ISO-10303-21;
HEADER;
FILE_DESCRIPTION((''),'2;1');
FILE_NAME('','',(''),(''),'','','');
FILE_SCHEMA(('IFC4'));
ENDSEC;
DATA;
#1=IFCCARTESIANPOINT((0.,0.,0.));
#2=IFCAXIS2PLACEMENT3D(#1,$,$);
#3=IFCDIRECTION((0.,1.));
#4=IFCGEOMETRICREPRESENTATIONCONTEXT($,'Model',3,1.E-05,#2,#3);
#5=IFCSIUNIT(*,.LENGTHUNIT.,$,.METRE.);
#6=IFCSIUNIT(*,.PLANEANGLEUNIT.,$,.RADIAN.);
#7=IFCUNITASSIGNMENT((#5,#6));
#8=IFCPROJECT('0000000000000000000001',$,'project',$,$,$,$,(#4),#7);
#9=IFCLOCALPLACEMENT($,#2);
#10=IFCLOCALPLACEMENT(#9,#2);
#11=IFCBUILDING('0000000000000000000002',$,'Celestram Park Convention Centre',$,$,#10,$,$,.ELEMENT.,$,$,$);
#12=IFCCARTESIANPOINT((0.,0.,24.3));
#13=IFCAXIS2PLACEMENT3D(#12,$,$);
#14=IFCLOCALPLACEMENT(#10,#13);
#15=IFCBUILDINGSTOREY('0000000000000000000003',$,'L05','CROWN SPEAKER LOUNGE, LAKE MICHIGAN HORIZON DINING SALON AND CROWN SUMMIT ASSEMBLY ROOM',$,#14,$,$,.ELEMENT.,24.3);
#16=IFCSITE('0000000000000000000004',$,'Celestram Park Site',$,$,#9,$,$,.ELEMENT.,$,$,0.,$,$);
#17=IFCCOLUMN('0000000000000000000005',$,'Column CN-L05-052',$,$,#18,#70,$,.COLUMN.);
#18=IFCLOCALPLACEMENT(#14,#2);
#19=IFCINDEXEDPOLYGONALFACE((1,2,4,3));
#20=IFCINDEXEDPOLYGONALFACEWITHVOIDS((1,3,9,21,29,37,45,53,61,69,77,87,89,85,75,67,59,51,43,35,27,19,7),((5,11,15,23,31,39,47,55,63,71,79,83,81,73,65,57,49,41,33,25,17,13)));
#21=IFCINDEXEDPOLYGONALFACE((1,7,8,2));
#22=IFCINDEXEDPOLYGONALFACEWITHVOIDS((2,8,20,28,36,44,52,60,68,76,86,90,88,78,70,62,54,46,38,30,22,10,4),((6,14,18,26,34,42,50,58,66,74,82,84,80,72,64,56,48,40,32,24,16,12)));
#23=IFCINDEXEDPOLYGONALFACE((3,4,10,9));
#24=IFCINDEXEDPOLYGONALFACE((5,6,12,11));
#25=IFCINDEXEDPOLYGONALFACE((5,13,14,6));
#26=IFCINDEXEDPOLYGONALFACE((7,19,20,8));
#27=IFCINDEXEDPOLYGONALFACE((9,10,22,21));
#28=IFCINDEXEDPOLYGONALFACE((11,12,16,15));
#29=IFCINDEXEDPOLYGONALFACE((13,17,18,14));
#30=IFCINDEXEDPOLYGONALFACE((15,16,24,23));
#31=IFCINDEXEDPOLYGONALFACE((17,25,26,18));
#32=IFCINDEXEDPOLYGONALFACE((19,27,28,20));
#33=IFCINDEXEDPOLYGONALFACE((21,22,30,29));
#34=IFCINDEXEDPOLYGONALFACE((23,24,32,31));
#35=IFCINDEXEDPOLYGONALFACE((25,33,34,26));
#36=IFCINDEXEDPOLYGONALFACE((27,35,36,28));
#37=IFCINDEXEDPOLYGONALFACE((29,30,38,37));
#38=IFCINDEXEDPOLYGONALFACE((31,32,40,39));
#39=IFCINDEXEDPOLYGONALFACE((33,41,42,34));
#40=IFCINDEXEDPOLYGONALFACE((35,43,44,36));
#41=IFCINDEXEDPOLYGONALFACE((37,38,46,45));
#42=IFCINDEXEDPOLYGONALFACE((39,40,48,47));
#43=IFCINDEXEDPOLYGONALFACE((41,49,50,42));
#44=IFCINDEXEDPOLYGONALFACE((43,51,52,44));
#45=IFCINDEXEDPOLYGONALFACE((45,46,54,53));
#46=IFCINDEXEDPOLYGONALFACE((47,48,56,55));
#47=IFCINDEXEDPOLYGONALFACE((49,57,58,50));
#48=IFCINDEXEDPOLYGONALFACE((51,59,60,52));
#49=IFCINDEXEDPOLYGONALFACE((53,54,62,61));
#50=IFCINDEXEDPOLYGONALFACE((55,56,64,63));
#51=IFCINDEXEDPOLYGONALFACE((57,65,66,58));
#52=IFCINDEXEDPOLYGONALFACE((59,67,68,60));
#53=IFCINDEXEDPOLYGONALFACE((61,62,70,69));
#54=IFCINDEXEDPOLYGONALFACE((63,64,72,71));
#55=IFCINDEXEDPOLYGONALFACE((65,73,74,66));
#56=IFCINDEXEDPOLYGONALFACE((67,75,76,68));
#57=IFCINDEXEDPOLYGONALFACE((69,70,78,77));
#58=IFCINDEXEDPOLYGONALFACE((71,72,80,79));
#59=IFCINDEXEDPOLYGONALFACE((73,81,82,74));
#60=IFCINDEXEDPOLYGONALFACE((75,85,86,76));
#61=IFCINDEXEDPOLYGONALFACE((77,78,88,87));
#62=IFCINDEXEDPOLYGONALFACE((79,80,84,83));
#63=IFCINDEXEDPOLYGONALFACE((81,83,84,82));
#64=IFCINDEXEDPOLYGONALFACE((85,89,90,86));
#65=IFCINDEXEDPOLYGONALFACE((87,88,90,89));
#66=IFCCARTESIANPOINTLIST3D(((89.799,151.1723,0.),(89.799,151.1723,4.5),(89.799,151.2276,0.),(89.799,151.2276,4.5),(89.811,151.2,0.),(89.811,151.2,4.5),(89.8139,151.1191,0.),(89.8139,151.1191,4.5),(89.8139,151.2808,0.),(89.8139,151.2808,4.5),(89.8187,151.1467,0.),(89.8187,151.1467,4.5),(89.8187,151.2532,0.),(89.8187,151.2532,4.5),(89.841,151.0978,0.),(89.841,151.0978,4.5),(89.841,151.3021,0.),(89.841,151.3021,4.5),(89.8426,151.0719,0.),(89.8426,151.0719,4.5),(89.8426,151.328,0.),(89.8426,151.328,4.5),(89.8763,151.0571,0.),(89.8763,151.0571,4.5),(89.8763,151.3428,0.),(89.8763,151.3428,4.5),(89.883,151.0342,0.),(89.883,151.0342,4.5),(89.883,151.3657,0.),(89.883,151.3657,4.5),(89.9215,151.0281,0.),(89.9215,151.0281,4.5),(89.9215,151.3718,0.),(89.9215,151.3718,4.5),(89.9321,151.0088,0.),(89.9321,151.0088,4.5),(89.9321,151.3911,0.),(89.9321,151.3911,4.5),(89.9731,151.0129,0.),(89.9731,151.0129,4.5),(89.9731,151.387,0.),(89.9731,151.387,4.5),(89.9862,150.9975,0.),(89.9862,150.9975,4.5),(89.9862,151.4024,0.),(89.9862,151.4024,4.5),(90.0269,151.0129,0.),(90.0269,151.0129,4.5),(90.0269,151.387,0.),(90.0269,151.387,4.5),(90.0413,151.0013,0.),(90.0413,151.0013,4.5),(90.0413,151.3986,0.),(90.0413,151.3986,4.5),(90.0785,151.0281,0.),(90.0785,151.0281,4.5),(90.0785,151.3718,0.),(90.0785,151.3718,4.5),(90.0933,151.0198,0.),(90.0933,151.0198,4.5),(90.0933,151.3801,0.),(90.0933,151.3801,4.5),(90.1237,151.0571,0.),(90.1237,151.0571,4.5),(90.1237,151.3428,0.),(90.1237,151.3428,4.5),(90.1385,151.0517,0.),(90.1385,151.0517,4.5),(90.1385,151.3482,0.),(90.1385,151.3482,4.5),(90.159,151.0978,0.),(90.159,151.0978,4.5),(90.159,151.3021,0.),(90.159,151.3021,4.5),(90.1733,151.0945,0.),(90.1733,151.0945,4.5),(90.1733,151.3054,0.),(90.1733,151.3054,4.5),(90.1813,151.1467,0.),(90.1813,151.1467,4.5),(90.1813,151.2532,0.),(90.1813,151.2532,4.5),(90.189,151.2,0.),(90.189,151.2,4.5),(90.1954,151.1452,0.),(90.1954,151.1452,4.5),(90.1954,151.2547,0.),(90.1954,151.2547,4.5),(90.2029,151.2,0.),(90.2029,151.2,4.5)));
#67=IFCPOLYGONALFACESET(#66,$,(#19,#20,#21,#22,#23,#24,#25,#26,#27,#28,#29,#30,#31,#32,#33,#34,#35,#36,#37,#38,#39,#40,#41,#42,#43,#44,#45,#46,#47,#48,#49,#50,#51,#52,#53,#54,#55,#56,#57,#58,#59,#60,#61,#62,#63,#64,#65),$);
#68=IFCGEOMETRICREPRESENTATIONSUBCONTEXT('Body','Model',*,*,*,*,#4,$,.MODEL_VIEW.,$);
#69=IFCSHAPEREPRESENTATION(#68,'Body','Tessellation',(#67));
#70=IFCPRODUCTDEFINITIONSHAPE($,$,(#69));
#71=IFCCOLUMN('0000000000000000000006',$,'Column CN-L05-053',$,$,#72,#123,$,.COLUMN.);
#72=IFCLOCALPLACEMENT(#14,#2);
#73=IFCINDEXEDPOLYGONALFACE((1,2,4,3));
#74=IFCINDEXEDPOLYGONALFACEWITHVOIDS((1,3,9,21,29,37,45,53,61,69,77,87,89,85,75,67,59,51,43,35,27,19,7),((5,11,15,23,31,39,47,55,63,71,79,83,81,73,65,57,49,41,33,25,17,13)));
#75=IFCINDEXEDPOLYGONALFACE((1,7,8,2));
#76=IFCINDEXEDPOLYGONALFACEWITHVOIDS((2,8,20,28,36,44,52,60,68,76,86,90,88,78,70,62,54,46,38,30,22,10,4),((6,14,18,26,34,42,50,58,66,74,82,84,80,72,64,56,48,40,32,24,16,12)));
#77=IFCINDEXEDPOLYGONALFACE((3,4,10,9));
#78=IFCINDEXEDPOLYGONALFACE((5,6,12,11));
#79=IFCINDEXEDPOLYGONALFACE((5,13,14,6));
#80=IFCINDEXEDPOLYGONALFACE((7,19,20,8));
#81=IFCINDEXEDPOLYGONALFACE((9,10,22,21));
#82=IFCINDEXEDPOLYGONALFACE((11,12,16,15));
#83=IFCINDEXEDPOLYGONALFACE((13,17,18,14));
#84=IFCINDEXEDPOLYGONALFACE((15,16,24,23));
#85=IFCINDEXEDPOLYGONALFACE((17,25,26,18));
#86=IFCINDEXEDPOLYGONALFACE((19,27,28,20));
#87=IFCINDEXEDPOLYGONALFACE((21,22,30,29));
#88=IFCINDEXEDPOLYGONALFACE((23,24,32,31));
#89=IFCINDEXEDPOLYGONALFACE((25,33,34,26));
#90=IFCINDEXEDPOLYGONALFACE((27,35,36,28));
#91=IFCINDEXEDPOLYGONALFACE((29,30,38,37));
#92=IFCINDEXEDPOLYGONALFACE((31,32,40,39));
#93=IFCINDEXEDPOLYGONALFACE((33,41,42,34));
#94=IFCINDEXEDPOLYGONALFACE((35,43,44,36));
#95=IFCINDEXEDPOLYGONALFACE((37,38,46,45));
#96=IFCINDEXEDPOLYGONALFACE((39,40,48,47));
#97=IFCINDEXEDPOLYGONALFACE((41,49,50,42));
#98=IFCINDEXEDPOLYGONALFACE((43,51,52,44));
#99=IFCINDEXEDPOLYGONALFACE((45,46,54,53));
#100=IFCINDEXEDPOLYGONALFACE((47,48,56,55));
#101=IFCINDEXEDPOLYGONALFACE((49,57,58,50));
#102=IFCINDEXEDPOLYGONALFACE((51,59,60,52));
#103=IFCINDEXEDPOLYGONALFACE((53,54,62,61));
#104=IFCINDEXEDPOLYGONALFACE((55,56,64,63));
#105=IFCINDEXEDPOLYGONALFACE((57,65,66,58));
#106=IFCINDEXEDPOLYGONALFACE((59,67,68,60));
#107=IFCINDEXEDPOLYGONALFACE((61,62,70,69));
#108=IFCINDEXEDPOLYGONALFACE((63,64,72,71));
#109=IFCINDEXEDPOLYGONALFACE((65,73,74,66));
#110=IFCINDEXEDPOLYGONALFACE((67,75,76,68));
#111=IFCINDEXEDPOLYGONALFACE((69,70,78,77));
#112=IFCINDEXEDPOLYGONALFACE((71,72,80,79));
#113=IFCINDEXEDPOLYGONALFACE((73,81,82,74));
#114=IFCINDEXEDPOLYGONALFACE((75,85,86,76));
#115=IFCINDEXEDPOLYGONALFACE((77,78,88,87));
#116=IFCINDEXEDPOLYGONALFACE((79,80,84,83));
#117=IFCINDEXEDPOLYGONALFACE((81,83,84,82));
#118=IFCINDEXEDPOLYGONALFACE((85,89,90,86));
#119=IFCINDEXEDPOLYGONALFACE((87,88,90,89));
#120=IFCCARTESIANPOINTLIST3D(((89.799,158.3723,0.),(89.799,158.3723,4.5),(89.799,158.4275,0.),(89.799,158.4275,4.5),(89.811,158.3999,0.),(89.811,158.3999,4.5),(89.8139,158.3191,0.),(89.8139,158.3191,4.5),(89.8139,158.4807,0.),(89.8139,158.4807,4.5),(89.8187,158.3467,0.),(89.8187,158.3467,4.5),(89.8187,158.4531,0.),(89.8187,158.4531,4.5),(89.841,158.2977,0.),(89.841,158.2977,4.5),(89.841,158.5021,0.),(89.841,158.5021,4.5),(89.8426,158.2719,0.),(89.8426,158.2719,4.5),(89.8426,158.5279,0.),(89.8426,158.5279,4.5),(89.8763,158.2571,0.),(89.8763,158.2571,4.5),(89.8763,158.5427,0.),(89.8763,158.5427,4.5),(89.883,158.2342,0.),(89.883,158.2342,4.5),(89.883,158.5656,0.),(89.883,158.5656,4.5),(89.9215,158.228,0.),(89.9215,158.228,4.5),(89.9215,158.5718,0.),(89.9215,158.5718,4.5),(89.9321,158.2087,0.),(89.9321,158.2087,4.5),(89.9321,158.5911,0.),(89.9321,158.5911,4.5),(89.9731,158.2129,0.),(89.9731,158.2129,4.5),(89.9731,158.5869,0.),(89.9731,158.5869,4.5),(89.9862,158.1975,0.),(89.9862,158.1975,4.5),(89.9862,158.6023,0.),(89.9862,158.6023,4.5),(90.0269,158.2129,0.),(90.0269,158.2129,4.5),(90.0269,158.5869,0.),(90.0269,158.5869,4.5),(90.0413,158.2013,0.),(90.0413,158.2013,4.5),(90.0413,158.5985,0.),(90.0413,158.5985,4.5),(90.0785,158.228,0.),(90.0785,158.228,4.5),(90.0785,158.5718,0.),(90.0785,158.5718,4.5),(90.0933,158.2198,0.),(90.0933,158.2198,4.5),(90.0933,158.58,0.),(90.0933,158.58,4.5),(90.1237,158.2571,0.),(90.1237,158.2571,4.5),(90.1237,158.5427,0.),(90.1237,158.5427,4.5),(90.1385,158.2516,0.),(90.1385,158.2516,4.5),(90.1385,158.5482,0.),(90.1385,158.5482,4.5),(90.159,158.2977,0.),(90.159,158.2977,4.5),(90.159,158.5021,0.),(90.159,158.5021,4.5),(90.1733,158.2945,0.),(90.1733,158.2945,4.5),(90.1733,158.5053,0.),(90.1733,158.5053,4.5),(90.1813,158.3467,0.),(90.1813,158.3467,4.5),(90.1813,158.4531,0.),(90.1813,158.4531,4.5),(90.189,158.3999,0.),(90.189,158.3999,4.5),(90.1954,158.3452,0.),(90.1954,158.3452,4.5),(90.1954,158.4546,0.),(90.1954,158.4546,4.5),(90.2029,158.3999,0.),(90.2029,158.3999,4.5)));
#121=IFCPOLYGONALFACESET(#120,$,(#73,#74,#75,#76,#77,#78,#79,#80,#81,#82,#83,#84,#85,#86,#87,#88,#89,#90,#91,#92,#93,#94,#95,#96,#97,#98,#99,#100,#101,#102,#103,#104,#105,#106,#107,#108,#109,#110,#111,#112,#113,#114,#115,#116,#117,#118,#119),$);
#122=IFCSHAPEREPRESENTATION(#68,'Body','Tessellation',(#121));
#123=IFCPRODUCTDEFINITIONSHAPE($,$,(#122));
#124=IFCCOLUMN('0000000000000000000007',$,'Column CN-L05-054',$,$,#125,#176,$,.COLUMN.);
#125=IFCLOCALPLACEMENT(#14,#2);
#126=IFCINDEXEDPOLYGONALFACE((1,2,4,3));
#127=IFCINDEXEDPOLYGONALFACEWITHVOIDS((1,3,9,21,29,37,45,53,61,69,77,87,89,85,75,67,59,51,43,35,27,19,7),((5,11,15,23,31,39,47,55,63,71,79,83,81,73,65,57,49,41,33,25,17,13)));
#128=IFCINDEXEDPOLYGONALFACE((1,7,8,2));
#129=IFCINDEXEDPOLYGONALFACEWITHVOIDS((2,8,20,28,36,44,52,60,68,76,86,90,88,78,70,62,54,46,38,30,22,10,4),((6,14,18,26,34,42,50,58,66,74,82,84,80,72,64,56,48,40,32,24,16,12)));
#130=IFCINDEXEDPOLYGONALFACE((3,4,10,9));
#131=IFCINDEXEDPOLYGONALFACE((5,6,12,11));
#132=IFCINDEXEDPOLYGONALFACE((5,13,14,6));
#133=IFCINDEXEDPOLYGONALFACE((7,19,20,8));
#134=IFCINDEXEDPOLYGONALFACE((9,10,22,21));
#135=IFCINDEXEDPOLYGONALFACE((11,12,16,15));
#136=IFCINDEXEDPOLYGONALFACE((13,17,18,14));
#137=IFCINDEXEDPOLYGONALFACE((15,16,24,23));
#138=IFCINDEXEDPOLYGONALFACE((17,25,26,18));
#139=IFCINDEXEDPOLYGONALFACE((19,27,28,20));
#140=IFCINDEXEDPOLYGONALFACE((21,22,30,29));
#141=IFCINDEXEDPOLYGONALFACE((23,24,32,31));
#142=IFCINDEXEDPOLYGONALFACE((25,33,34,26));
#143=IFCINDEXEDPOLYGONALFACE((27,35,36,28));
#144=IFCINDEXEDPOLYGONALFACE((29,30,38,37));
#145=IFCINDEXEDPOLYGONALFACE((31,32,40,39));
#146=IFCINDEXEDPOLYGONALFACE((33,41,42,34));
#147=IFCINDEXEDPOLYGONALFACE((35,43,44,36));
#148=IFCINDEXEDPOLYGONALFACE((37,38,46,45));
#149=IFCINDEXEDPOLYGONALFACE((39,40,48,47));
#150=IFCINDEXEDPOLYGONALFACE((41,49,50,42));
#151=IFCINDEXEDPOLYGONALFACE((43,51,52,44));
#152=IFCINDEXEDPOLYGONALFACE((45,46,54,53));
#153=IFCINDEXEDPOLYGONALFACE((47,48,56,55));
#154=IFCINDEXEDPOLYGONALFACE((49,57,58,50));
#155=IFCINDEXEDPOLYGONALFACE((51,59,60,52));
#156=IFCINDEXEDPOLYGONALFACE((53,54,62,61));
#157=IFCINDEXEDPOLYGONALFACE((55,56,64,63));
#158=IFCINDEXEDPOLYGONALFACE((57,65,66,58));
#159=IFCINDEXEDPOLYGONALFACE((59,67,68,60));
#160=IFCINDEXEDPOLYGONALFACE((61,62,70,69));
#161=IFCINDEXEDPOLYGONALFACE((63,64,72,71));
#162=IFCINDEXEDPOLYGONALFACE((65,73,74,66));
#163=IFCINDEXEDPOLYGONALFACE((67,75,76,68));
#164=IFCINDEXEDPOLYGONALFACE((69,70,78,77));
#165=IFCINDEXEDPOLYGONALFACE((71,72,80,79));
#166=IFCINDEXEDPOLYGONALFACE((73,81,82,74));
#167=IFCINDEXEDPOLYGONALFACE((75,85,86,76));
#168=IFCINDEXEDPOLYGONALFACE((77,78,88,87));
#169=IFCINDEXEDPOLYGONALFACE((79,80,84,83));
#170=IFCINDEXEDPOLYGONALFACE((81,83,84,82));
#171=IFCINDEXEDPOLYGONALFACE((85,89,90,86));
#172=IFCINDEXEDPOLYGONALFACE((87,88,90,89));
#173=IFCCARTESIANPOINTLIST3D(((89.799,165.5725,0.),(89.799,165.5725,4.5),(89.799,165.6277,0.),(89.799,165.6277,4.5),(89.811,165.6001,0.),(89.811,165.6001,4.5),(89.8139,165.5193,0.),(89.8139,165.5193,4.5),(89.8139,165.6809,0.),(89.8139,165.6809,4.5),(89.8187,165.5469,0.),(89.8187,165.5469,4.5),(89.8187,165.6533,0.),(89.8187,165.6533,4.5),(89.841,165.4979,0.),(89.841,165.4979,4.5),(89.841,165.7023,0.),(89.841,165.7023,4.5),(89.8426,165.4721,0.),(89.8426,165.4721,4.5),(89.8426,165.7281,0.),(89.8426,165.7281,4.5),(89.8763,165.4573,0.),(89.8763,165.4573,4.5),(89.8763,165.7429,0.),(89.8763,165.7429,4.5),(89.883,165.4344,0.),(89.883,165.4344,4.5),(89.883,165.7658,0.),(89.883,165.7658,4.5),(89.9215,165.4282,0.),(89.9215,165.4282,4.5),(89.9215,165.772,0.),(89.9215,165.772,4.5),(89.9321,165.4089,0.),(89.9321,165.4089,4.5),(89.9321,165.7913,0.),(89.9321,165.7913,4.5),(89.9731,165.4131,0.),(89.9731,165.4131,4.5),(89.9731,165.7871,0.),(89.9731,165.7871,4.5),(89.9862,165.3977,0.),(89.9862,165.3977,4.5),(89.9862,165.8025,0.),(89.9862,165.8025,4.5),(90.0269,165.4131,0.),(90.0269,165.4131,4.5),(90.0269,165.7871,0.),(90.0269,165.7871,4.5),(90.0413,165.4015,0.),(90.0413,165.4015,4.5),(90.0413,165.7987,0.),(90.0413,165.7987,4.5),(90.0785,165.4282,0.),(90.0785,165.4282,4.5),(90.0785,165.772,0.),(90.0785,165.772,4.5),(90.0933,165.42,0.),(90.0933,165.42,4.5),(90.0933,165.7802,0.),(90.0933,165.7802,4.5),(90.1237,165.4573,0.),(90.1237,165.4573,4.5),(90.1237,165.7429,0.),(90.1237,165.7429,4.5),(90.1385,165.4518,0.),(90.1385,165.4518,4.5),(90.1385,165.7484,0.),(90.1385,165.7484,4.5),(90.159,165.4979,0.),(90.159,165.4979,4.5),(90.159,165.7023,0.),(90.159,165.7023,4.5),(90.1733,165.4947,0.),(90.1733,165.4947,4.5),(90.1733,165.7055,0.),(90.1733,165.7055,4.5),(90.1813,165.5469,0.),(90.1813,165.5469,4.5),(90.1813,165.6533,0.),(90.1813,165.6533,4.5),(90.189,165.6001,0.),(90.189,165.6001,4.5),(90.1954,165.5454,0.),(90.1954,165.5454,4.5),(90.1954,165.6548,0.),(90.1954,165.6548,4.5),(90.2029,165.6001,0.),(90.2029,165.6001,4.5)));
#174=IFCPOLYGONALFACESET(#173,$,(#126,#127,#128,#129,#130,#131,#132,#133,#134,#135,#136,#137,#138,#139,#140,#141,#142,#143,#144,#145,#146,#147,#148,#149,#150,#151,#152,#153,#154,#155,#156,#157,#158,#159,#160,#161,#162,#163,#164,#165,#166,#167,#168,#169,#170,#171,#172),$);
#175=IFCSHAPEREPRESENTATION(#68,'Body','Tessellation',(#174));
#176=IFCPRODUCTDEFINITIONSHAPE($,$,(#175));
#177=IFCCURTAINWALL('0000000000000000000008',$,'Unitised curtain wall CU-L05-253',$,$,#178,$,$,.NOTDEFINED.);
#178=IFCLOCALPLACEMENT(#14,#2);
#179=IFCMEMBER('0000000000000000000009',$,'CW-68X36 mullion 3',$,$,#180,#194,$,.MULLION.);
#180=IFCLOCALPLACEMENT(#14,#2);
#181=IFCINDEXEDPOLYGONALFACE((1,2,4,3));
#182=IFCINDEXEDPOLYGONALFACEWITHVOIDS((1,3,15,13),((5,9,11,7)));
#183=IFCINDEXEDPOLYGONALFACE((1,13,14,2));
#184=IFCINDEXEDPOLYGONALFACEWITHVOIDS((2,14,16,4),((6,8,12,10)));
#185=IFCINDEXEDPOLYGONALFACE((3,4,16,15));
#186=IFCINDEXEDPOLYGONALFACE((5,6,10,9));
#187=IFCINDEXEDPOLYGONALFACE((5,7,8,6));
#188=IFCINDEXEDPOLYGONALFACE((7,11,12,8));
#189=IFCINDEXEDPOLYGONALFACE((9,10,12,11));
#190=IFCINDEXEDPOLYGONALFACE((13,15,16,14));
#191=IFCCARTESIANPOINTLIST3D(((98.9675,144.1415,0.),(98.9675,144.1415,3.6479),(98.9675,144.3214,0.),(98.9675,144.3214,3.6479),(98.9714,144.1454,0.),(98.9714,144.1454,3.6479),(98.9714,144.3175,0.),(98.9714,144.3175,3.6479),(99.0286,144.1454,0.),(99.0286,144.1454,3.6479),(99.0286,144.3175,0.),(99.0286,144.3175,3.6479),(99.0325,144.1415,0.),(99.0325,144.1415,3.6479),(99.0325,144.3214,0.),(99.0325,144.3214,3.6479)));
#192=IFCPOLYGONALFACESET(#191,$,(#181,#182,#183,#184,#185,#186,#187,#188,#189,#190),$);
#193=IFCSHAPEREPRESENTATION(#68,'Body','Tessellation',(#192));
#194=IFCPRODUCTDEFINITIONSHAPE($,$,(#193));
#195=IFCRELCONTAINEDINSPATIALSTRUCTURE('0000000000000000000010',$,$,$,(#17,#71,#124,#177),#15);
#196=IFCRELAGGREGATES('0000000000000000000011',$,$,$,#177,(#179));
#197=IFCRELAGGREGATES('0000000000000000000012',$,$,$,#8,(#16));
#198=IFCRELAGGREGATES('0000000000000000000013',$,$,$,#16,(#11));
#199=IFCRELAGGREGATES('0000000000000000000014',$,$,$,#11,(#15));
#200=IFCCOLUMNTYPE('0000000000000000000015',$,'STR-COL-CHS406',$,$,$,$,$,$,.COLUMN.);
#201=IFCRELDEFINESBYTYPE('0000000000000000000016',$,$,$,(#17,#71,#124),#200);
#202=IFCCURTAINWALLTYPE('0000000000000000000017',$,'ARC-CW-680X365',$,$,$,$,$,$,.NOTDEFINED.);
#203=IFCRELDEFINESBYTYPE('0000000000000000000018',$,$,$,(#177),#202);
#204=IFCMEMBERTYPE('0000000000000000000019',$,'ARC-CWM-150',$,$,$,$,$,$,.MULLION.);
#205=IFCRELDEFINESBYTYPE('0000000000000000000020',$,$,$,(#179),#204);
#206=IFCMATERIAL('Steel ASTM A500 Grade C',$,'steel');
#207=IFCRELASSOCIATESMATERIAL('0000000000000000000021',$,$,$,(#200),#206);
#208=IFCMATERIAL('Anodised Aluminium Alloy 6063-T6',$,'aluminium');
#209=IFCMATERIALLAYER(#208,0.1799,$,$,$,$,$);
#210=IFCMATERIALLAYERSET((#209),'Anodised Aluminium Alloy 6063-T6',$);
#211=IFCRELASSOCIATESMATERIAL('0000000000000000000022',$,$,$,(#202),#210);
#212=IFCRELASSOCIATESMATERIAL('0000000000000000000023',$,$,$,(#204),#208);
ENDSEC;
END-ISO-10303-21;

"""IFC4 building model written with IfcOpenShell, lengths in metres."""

from ifc_helpers import new_model, si_unit, direction, frame, origin, origin_2d, place, context, subcontext, project, spatial, hollow_rectangle, hollow_circle, extrude, material, layer, layer_set, material_profile, profile_set, type_object, element, aggregate, save


model = new_model("IFC4")

# Units and contexts
model_context = context("Model", 3, precision=1e-05, world=origin(), true_north=direction((0.0, 1.0)))
body_context = subcontext(model_context, "Body", "Model", "MODEL_VIEW")
ifc_project = project(units=[si_unit("LENGTHUNIT", "METRE"), si_unit("PLANEANGLEUNIT", "RADIAN")], contexts=[model_context])

# Site, building, storey
site_placement = place(None, origin())
site = spatial("IfcSite", under=ifc_project, at=site_placement, Name="Celestram Park Site", CompositionType="ELEMENT", RefElevation=0.0)
building_placement = place(site_placement, origin())
building = spatial("IfcBuilding", under=site, at=building_placement, Name="Celestram Park Convention Centre", CompositionType="ELEMENT")
storey_placement = place(building_placement, frame((0.0, 0.0, 24.3)))
storey = spatial("IfcBuildingStorey", under=building, at=storey_placement, Name="L05", Description="CROWN SPEAKER LOUNGE, LAKE MICHIGAN HORIZON DINING SALON AND CROWN SUMMIT ASSEMBLY ROOM", CompositionType="ELEMENT", Elevation=24.3)

# Columns
ifc_material_1 = material(Name="Steel ASTM A500 Grade C", Category="steel")
ifc_material_profile_1 = material_profile(ifc_material_1, hollow_circle(Radius=0.2029, WallThickness=0.0139, at=origin_2d()), Name="CHS406X14")
ifc_profile_set_1 = profile_set([ifc_material_profile_1], Name="Steel ASTM A500 Grade C")
column_type = type_object("IfcColumnType", Name="STR-COL-CHS406", PredefinedType="COLUMN", material=ifc_profile_set_1)
for number, where, z_axis, x_axis, name in (
    (1, (90.0, 151.2, 0.0), (0.0, 0.0, 1.0), (1.0, 0.0, 0.0), "Column CN-L05-052"),
    (2, (90.0, 158.3999, 0.0), (0.0, 0.0, 1.0), (1.0, 0.0, 0.0), "Column CN-L05-053"),
    (3, (90.0, 165.6001, 0.0), (0.0, 0.0, 1.0), (1.0, 0.0, 0.0), "Column CN-L05-054"),
):
    element("IfcColumn", number, at=place(storey_placement, frame(where, z_axis=z_axis, x_axis=x_axis)), inside=storey, type_object=column_type, Name=name, PredefinedType="COLUMN", context=body_context, shape_type="SweptSolid", body=[
        extrude(hollow_circle(Radius=0.2029, WallThickness=0.0139, at=origin_2d()), origin(), (0.0, 0.0, 1.0), 4.5),
    ])

# Curtain wall, member
ifc_material_2 = material(Name="Anodised Aluminium Alloy 6063-T6", Category="aluminium")
ifc_layer_1 = layer(ifc_material_2, 0.1799)
ifc_layer_set_1 = layer_set([ifc_layer_1], Name="Anodised Aluminium Alloy 6063-T6")
curtain_wall_type = type_object("IfcCurtainWallType", Name="ARC-CW-680X365", PredefinedType="NOTDEFINED", material=ifc_layer_set_1)
curtain_wall_placement = place(storey_placement, origin())
curtain_wall = element("IfcCurtainWall", 4, at=curtain_wall_placement, inside=storey, type_object=curtain_wall_type, Name="Unitised curtain wall CU-L05-253", PredefinedType="NOTDEFINED")
ifc_material_profile_2 = material_profile(ifc_material_2, hollow_rectangle(XDim=0.0649, YDim=0.1799, WallThickness=0.0039, at=origin_2d()), Name="ALU65X180X4")
ifc_profile_set_2 = profile_set([ifc_material_profile_2], Name="Anodised Aluminium Alloy 6063-T6")
member_type = type_object("IfcMemberType", Name="ARC-CWM-150", PredefinedType="MULLION", material=ifc_profile_set_2)
member_placement = place(storey_placement, frame((99.0, 144.2314, 0.0), z_axis=(0.0, 0.0, 1.0), x_axis=(1.0, 0.0, 0.0)))
member = element("IfcMember", 5, at=member_placement, type_object=member_type, Name="CW-68X36 mullion 3", PredefinedType="MULLION", context=body_context, shape_type="SweptSolid", body=[
    extrude(hollow_rectangle(XDim=0.0649, YDim=0.1799, WallThickness=0.0039, at=origin_2d()), origin(), (0.0, 0.0, 1.0), 3.6479),
])

aggregate(curtain_wall, [member])

save(model, "model.ifc")
